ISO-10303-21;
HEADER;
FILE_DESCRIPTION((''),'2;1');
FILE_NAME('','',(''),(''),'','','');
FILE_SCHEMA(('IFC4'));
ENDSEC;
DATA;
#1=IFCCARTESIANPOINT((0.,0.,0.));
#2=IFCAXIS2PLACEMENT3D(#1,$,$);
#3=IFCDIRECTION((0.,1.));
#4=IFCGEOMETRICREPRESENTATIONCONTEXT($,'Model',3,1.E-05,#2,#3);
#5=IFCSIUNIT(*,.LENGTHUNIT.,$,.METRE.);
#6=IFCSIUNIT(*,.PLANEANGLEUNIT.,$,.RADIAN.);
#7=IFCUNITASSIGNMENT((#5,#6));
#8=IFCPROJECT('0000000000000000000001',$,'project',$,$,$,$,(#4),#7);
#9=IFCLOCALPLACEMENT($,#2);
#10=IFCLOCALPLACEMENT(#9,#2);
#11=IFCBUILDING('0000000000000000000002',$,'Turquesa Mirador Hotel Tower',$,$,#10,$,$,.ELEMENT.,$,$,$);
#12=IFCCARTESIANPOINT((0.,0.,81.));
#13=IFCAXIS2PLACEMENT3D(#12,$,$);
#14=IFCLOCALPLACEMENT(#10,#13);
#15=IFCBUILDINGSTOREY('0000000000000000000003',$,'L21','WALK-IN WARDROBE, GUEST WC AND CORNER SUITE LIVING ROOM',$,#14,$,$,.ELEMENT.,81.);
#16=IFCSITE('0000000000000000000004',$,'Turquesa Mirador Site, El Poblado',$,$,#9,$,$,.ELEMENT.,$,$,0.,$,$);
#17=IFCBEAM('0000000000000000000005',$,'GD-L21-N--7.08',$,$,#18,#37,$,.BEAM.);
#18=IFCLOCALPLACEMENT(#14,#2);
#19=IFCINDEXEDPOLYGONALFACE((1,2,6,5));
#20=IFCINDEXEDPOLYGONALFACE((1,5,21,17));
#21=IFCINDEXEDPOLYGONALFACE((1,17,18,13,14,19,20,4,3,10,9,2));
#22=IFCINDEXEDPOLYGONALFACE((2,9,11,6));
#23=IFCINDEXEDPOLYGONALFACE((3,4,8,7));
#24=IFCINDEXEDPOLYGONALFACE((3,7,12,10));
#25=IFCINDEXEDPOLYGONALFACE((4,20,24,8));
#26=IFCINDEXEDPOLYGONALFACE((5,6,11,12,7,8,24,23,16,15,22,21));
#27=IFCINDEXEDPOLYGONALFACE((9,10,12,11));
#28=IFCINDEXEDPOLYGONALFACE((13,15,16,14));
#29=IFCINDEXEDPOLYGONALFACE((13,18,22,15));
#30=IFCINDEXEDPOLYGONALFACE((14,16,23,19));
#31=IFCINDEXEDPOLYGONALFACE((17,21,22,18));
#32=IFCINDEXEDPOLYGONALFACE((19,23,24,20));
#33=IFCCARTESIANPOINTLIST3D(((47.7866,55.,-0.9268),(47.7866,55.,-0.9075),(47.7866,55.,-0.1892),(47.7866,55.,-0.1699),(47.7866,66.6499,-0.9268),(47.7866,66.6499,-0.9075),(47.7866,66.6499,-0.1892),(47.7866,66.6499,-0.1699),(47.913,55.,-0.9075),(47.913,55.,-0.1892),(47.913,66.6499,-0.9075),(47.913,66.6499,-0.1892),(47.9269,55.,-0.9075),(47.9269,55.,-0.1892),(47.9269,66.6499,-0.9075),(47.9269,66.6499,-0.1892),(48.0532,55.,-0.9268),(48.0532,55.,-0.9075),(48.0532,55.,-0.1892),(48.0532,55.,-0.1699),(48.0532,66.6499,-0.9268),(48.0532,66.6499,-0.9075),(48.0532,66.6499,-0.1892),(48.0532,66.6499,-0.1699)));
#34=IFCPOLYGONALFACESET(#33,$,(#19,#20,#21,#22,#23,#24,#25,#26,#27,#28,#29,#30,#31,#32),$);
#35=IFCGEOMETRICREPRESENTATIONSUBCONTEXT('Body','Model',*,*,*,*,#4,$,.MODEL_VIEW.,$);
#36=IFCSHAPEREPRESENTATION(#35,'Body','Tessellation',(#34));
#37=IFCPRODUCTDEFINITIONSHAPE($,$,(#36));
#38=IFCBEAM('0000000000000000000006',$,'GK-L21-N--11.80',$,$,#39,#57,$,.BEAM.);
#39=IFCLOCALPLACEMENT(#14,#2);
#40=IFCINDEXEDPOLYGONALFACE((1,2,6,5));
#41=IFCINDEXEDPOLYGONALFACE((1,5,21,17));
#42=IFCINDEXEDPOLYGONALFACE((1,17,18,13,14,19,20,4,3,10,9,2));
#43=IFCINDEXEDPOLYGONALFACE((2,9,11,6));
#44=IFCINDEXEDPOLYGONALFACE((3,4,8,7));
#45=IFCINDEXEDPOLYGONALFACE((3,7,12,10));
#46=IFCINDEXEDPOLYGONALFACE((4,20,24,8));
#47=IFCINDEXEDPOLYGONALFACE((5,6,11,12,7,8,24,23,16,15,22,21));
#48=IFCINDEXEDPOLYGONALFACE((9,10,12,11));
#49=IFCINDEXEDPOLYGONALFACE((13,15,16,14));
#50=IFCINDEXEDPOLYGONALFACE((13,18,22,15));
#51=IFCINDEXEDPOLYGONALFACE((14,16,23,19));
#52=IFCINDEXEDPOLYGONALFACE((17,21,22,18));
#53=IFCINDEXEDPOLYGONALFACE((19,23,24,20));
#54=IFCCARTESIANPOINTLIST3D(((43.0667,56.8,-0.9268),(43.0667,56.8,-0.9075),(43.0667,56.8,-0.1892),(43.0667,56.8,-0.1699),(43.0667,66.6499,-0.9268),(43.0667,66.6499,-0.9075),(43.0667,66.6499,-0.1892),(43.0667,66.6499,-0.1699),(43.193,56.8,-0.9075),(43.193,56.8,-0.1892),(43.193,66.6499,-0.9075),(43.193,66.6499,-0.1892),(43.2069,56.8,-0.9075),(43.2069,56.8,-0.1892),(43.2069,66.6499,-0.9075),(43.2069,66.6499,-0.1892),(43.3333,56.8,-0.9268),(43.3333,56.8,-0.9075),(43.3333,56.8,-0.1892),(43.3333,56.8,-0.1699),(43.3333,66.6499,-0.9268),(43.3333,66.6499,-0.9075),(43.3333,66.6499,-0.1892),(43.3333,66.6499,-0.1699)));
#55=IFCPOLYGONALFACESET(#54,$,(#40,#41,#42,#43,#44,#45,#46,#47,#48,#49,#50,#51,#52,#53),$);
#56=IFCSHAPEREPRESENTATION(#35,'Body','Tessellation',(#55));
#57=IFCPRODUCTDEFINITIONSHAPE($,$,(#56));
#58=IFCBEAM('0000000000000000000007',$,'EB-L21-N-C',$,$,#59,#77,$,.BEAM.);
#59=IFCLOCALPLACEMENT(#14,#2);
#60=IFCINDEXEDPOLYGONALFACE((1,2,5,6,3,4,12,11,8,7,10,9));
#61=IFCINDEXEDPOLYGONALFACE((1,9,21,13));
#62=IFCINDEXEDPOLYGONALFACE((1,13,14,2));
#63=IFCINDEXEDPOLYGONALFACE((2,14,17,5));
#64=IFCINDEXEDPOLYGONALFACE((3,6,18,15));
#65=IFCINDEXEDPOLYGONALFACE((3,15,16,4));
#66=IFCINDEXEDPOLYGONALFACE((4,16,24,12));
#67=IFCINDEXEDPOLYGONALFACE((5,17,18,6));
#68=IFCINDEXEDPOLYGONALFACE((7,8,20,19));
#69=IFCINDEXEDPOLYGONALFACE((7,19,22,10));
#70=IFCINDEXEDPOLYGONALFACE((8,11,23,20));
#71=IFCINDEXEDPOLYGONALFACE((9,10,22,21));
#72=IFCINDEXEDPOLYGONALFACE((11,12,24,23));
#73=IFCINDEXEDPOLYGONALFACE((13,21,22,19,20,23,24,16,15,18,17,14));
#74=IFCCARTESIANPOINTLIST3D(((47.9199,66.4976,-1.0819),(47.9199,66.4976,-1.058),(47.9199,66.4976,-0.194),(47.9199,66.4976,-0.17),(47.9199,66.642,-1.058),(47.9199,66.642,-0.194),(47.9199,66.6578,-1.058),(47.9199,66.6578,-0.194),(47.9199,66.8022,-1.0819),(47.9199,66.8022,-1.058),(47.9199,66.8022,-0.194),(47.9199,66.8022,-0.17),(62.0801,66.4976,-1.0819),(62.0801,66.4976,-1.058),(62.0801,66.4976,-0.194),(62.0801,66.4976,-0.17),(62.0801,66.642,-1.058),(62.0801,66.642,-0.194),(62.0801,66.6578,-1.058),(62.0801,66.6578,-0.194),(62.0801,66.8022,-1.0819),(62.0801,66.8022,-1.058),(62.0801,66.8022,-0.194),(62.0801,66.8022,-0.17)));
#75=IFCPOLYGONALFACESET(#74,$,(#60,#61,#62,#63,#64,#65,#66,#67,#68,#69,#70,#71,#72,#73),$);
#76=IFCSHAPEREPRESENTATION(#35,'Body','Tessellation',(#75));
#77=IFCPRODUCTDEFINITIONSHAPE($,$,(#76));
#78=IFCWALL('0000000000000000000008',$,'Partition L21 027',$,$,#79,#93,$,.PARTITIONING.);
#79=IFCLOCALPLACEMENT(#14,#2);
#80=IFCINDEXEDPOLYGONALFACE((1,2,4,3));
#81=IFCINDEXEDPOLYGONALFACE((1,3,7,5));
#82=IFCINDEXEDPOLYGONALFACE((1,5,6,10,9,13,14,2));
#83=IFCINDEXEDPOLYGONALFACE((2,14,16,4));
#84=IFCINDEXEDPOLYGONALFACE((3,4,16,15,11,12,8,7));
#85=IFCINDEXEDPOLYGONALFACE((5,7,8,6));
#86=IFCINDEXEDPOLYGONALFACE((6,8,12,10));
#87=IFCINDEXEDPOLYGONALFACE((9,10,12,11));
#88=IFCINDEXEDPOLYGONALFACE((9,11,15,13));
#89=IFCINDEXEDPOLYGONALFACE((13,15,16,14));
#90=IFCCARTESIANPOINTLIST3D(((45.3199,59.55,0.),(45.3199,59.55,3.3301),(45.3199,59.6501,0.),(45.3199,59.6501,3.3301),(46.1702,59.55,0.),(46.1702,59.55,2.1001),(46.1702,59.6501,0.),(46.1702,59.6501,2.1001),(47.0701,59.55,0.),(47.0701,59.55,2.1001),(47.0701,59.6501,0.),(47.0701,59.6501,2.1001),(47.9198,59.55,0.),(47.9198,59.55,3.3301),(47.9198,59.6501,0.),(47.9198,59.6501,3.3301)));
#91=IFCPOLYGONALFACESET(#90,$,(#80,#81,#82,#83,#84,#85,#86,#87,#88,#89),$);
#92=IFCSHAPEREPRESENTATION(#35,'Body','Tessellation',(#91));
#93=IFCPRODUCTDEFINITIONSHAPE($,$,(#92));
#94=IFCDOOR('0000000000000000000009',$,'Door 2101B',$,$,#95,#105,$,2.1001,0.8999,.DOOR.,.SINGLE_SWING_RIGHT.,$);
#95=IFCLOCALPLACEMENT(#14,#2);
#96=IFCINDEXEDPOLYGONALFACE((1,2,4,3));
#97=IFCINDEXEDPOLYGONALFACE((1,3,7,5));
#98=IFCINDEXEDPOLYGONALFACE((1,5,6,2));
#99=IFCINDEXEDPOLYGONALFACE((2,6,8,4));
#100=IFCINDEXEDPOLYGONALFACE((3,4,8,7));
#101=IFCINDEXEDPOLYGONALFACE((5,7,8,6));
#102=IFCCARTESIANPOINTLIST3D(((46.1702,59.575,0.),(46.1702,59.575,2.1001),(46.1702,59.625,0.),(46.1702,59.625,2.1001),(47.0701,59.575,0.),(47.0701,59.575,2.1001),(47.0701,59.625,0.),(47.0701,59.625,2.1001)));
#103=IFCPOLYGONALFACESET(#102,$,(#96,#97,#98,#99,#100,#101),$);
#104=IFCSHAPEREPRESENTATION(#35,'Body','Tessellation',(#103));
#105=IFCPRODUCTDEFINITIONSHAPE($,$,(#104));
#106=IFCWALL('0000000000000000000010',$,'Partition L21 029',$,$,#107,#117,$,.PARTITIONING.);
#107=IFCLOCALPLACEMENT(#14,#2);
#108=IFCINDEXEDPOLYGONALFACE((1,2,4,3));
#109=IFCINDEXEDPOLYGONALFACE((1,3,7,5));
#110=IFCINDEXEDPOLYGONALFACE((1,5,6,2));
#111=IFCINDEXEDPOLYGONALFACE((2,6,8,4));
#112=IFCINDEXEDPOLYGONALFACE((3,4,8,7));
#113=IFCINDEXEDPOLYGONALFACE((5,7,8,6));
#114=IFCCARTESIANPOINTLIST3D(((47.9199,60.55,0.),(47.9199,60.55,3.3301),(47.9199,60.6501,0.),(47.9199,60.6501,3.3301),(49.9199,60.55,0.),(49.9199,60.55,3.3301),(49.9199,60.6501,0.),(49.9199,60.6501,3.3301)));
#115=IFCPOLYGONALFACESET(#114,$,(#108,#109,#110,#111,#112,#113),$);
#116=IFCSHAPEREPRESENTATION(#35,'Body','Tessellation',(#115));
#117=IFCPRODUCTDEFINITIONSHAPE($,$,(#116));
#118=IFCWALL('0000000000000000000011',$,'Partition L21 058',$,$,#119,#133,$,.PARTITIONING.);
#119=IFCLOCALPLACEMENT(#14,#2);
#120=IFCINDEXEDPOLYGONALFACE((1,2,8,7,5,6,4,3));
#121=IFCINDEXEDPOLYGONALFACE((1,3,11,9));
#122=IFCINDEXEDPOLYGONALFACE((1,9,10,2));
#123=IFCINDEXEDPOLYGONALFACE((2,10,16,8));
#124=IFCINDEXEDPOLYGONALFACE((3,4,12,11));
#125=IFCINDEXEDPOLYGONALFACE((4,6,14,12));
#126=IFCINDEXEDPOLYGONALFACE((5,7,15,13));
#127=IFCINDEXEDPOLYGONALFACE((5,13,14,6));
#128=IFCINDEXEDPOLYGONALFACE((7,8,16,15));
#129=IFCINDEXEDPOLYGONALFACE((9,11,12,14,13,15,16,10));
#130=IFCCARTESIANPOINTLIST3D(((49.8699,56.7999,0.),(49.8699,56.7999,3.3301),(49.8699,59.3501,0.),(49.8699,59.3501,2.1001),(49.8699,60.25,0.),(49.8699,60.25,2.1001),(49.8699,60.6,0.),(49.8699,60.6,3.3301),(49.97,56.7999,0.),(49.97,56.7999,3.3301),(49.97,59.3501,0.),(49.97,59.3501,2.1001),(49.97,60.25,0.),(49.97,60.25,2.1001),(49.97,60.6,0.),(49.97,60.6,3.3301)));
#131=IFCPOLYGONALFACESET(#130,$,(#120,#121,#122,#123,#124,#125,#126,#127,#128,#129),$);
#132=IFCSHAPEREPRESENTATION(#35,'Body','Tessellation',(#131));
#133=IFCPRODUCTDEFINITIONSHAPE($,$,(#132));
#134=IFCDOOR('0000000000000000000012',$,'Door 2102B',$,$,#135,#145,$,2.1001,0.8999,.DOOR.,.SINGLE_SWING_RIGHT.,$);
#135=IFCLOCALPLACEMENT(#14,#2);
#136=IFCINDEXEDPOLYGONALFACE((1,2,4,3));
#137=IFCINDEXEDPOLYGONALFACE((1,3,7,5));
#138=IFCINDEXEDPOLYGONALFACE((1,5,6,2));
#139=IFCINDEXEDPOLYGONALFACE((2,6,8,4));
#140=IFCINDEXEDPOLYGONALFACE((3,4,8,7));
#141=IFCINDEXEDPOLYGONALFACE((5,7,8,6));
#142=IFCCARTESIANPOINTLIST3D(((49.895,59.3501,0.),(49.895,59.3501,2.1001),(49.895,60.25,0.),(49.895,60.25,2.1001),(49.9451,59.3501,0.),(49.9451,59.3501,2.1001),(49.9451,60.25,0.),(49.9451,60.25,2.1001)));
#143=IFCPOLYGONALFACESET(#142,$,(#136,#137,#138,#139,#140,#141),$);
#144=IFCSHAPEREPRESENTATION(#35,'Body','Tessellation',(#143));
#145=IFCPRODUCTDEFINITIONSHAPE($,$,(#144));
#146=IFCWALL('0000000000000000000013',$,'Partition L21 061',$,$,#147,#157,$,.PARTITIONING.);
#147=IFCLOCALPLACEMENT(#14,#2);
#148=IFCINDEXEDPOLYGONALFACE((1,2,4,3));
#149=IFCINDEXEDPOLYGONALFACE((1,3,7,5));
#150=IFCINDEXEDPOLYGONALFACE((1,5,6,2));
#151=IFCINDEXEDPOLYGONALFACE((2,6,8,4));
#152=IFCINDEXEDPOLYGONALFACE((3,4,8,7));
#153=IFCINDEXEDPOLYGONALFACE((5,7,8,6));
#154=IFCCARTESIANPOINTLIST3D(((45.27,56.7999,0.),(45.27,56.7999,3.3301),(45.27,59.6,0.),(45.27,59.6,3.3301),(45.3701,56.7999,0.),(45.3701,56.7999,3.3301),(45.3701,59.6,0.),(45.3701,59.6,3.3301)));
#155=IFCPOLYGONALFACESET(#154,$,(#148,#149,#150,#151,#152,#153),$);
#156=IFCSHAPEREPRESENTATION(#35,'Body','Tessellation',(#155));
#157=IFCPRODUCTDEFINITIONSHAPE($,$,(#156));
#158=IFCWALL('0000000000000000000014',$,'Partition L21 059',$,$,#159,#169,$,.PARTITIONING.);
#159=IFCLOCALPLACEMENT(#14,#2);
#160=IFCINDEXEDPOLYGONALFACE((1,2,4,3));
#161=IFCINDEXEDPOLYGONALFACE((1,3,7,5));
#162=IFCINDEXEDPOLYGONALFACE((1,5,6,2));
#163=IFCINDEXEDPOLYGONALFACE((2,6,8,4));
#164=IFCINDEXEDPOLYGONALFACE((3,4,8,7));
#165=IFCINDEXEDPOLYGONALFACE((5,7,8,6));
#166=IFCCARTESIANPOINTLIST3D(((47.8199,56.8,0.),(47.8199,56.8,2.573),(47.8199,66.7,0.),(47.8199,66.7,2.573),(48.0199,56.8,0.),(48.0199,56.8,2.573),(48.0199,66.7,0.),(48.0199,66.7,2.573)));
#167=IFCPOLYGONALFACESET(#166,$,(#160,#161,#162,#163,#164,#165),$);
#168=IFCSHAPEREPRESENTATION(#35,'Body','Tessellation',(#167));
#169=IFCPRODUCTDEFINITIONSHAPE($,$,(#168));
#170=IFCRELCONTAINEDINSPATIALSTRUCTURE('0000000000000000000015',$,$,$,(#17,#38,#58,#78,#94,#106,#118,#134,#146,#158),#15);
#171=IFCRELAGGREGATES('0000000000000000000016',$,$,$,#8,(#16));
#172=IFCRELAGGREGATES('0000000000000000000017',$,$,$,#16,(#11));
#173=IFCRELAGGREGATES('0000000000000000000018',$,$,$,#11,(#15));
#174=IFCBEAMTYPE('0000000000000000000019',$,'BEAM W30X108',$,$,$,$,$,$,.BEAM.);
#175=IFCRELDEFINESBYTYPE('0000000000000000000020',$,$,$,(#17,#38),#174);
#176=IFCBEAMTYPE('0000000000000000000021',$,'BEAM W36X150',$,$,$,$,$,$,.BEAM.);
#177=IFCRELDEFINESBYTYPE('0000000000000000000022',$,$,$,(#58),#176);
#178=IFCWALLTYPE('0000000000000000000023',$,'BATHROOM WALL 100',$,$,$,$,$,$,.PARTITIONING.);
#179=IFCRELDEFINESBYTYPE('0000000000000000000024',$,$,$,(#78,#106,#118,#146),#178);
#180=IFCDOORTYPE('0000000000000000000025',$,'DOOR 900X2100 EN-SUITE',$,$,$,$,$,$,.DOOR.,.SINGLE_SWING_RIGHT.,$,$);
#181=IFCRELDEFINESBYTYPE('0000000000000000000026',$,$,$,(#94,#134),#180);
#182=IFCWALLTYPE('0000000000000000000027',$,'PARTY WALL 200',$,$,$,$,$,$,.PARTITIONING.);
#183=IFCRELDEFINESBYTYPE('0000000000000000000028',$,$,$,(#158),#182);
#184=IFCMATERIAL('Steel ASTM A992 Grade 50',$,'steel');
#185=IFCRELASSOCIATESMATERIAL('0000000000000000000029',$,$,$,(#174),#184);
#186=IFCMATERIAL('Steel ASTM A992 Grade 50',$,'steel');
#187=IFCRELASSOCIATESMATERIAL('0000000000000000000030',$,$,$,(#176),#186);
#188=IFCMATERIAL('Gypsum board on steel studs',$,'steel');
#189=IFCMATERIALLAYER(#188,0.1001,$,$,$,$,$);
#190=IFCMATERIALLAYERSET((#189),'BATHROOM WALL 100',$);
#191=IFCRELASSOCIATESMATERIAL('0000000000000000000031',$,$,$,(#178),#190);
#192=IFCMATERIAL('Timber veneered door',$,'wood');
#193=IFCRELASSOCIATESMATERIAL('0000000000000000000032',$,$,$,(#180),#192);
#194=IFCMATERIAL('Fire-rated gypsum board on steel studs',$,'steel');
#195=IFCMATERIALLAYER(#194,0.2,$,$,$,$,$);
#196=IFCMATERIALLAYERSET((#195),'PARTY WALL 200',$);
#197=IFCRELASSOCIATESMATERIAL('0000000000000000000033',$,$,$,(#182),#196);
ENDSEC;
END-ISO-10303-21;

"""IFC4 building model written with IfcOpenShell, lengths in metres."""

from ifc_helpers import new_model, si_unit, direction, frame, frame_2d, origin, origin_2d, place, context, subcontext, project, spatial, rectangle, i_section, extrude, material, layer, layer_set, material_profile, profile_set, type_object, element, fill, save


model = new_model("IFC4")

# Units and contexts
model_context = context("Model", 3, precision=1e-05, world=origin(), true_north=direction((0.0, 1.0)))
body_context = subcontext(model_context, "Body", "Model", "MODEL_VIEW")
ifc_project = project(units=[si_unit("LENGTHUNIT", "METRE"), si_unit("PLANEANGLEUNIT", "RADIAN")], contexts=[model_context])

# Site, building, storey
site_placement = place(None, origin())
site = spatial("IfcSite", under=ifc_project, at=site_placement, Name="Turquesa Mirador Site, El Poblado", CompositionType="ELEMENT", RefElevation=0.0)
building_placement = place(site_placement, origin())
building = spatial("IfcBuilding", under=site, at=building_placement, Name="Turquesa Mirador Hotel Tower", CompositionType="ELEMENT")
storey_placement = place(building_placement, frame((0.0, 0.0, 81.0)))
storey = spatial("IfcBuildingStorey", under=building, at=storey_placement, Name="L21", Description="WALK-IN WARDROBE, GUEST WC AND CORNER SUITE LIVING ROOM", CompositionType="ELEMENT", Elevation=81.0)

# Beams
ifc_material_1 = material(Name="Steel ASTM A992 Grade 50", Category="steel")
ifc_material_profile_1 = material_profile(ifc_material_1, i_section(OverallWidth=0.2666, OverallDepth=0.7568, WebThickness=0.0139, FlangeThickness=0.0193, at=origin_2d()), Name="W30X108")
ifc_profile_set_1 = profile_set([ifc_material_profile_1], Name="Steel ASTM A992 Grade 50")
beam_type_1 = type_object("IfcBeamType", Name="BEAM W30X108", PredefinedType="BEAM", material=ifc_profile_set_1)
beam_1_placement = place(storey_placement, frame((47.9199, 66.6499, -0.5483), z_axis=(0.0, -1.0, 0.0), x_axis=(1.0, 0.0, 0.0)))
element("IfcBeam", 1, at=beam_1_placement, inside=storey, type_object=beam_type_1, Name="GD-L21-N--7.08", PredefinedType="BEAM", context=body_context, shape_type="SweptSolid", body=[
    extrude(i_section(OverallWidth=0.2666, OverallDepth=0.7568, WebThickness=0.0139, FlangeThickness=0.0193, at=origin_2d()), origin(), (0.0, 0.0, 1.0), 11.6499),
])
beam_2_placement = place(storey_placement, frame((43.2, 66.6499, -0.5483), z_axis=(0.0, -1.0, 0.0), x_axis=(1.0, 0.0, 0.0)))
element("IfcBeam", 2, at=beam_2_placement, inside=storey, type_object=beam_type_1, Name="GK-L21-N--11.80", PredefinedType="BEAM", context=body_context, shape_type="SweptSolid", body=[
    extrude(i_section(OverallWidth=0.2666, OverallDepth=0.7568, WebThickness=0.0139, FlangeThickness=0.0193, at=origin_2d()), origin(), (0.0, 0.0, 1.0), 9.8499),
])
ifc_material_2 = material(Name="Steel ASTM A992 Grade 50", Category="steel")
ifc_material_profile_2 = material_profile(ifc_material_2, i_section(OverallWidth=0.3047, OverallDepth=0.9119, WebThickness=0.0159, FlangeThickness=0.0239, at=origin_2d()), Name="W36X150")
ifc_profile_set_2 = profile_set([ifc_material_profile_2], Name="Steel ASTM A992 Grade 50")
beam_type_2 = type_object("IfcBeamType", Name="BEAM W36X150", PredefinedType="BEAM", material=ifc_profile_set_2)
beam_3_placement = place(storey_placement, frame((47.9199, 66.6499, -0.626), z_axis=(1.0, 0.0, 0.0), x_axis=(0.0, 1.0, 0.0)))
element("IfcBeam", 3, at=beam_3_placement, inside=storey, type_object=beam_type_2, Name="EB-L21-N-C", PredefinedType="BEAM", context=body_context, shape_type="SweptSolid", body=[
    extrude(i_section(OverallWidth=0.3047, OverallDepth=0.9119, WebThickness=0.0159, FlangeThickness=0.0239, at=origin_2d()), origin(), (0.0, 0.0, 1.0), 14.1602),
])

# Wall, opening, door
ifc_material_3 = material(Name="Gypsum board on steel studs", Category="steel")
ifc_layer_1 = layer(ifc_material_3, 0.1001)
ifc_layer_set_1 = layer_set([ifc_layer_1], Name="BATHROOM WALL 100")
wall_type_1 = type_object("IfcWallType", Name="BATHROOM WALL 100", PredefinedType="PARTITIONING", material=ifc_layer_set_1)
wall_1_placement = place(storey_placement, frame((45.3201, 59.6001, 0.0), z_axis=(0.0, 0.0, 1.0), x_axis=(1.0, 0.0, 0.0)))
wall_1 = element("IfcWall", 4, at=wall_1_placement, inside=storey, type_object=wall_type_1, Name="Partition L21 027", PredefinedType="PARTITIONING", context=body_context, shape_type="SweptSolid", body=[
    extrude(rectangle(XDim=2.5999, YDim=0.1001, at=frame_2d((1.2998, 0.0))), origin(), (0.0, 0.0, 1.0), 3.3301),
])
opening_1_placement = place(wall_1_placement, frame((0.8501, 0.0, 0.0)))
opening_1 = element("IfcOpeningElement", 5, at=opening_1_placement, cuts=wall_1, PredefinedType="OPENING", context=body_context, shape_type="SweptSolid", body=[
    extrude(rectangle(XDim=0.8999, YDim=2.1001, at=frame_2d((0.45, 1.05))), frame((0.0, 0.0601, 0.0), z_axis=(0.0, -1.0, 0.0), x_axis=(1.0, 0.0, 0.0)), (0.0, 0.0, 1.0), 0.1201),
])
ifc_material_4 = material(Name="Timber veneered door", Category="wood")
door_type = type_object("IfcDoorType", Name="DOOR 900X2100 EN-SUITE", OperationType="SINGLE_SWING_RIGHT", PredefinedType="DOOR", material=ifc_material_4)
door_1_placement = place(opening_1_placement, origin())
door_1 = element("IfcDoor", 6, at=door_1_placement, inside=storey, type_object=door_type, Name="Door 2101B", OperationType="SINGLE_SWING_RIGHT", OverallHeight=2.1001, OverallWidth=0.8999, PredefinedType="DOOR", context=body_context, shape_type="SweptSolid", body=[
    extrude(rectangle(XDim=0.8999, YDim=2.1001, at=frame_2d((0.45, 1.05))), frame((0.0, 0.0249, 0.0), z_axis=(0.0, -1.0, 0.0), x_axis=(1.0, 0.0, 0.0)), (0.0, 0.0, 1.0), 0.05),
])
fill(opening_1, door_1)

# Wall
wall_2_placement = place(storey_placement, frame((47.9199, 60.6001, 0.0), z_axis=(0.0, 0.0, 1.0), x_axis=(1.0, 0.0, 0.0)))
element("IfcWall", 7, at=wall_2_placement, inside=storey, type_object=wall_type_1, Name="Partition L21 029", PredefinedType="PARTITIONING", context=body_context, shape_type="SweptSolid", body=[
    extrude(rectangle(XDim=2.0, YDim=0.1001, at=frame_2d((1.0, 0.0))), origin(), (0.0, 0.0, 1.0), 3.3301),
])

# Wall, opening, door
wall_3_placement = place(storey_placement, frame((49.9199, 56.8, 0.0), z_axis=(0.0, 0.0, 1.0), x_axis=(0.0, 1.0, 0.0)))
wall_3 = element("IfcWall", 8, at=wall_3_placement, inside=storey, type_object=wall_type_1, Name="Partition L21 058", PredefinedType="PARTITIONING", context=body_context, shape_type="SweptSolid", body=[
    extrude(rectangle(XDim=3.8, YDim=0.1001, at=frame_2d((1.8999, 0.0))), origin(), (0.0, 0.0, 1.0), 3.3301),
])
opening_2_placement = place(wall_3_placement, frame((2.55, 0.0, 0.0)))
opening_2 = element("IfcOpeningElement", 9, at=opening_2_placement, cuts=wall_3, PredefinedType="OPENING", context=body_context, shape_type="SweptSolid", body=[
    extrude(rectangle(XDim=0.8999, YDim=2.1001, at=frame_2d((0.45, 1.05))), frame((0.0, 0.0601, 0.0), z_axis=(0.0, -1.0, 0.0), x_axis=(1.0, 0.0, 0.0)), (0.0, 0.0, 1.0), 0.1201),
])
door_2_placement = place(opening_2_placement, origin())
door_2 = element("IfcDoor", 10, at=door_2_placement, inside=storey, type_object=door_type, Name="Door 2102B", OperationType="SINGLE_SWING_RIGHT", OverallHeight=2.1001, OverallWidth=0.8999, PredefinedType="DOOR", context=body_context, shape_type="SweptSolid", body=[
    extrude(rectangle(XDim=0.8999, YDim=2.1001, at=frame_2d((0.45, 1.05))), frame((0.0, 0.0249, 0.0), z_axis=(0.0, -1.0, 0.0), x_axis=(1.0, 0.0, 0.0)), (0.0, 0.0, 1.0), 0.05),
])
fill(opening_2, door_2)

# Walls
wall_4_placement = place(storey_placement, frame((45.3201, 56.8, 0.0), z_axis=(0.0, 0.0, 1.0), x_axis=(0.0, 1.0, 0.0)))
element("IfcWall", 11, at=wall_4_placement, inside=storey, type_object=wall_type_1, Name="Partition L21 061", PredefinedType="PARTITIONING", context=body_context, shape_type="SweptSolid", body=[
    extrude(rectangle(XDim=2.8, YDim=0.1001, at=frame_2d((1.3999, 0.0))), origin(), (0.0, 0.0, 1.0), 3.3301),
])
ifc_material_5 = material(Name="Fire-rated gypsum board on steel studs", Category="steel")
ifc_layer_2 = layer(ifc_material_5, 0.2)
ifc_layer_set_2 = layer_set([ifc_layer_2], Name="PARTY WALL 200")
wall_type_2 = type_object("IfcWallType", Name="PARTY WALL 200", PredefinedType="PARTITIONING", material=ifc_layer_set_2)
wall_5_placement = place(storey_placement, frame((47.9199, 56.8, 0.0), z_axis=(0.0, 0.0, 1.0), x_axis=(0.0, 1.0, 0.0)))
element("IfcWall", 12, at=wall_5_placement, inside=storey, type_object=wall_type_2, Name="Partition L21 059", PredefinedType="PARTITIONING", context=body_context, shape_type="SweptSolid", body=[
    extrude(rectangle(XDim=9.8999, YDim=0.2, at=frame_2d((4.95, 0.0))), origin(), (0.0, 0.0, 1.0), 2.573),
])

save(model, "model.ifc")
